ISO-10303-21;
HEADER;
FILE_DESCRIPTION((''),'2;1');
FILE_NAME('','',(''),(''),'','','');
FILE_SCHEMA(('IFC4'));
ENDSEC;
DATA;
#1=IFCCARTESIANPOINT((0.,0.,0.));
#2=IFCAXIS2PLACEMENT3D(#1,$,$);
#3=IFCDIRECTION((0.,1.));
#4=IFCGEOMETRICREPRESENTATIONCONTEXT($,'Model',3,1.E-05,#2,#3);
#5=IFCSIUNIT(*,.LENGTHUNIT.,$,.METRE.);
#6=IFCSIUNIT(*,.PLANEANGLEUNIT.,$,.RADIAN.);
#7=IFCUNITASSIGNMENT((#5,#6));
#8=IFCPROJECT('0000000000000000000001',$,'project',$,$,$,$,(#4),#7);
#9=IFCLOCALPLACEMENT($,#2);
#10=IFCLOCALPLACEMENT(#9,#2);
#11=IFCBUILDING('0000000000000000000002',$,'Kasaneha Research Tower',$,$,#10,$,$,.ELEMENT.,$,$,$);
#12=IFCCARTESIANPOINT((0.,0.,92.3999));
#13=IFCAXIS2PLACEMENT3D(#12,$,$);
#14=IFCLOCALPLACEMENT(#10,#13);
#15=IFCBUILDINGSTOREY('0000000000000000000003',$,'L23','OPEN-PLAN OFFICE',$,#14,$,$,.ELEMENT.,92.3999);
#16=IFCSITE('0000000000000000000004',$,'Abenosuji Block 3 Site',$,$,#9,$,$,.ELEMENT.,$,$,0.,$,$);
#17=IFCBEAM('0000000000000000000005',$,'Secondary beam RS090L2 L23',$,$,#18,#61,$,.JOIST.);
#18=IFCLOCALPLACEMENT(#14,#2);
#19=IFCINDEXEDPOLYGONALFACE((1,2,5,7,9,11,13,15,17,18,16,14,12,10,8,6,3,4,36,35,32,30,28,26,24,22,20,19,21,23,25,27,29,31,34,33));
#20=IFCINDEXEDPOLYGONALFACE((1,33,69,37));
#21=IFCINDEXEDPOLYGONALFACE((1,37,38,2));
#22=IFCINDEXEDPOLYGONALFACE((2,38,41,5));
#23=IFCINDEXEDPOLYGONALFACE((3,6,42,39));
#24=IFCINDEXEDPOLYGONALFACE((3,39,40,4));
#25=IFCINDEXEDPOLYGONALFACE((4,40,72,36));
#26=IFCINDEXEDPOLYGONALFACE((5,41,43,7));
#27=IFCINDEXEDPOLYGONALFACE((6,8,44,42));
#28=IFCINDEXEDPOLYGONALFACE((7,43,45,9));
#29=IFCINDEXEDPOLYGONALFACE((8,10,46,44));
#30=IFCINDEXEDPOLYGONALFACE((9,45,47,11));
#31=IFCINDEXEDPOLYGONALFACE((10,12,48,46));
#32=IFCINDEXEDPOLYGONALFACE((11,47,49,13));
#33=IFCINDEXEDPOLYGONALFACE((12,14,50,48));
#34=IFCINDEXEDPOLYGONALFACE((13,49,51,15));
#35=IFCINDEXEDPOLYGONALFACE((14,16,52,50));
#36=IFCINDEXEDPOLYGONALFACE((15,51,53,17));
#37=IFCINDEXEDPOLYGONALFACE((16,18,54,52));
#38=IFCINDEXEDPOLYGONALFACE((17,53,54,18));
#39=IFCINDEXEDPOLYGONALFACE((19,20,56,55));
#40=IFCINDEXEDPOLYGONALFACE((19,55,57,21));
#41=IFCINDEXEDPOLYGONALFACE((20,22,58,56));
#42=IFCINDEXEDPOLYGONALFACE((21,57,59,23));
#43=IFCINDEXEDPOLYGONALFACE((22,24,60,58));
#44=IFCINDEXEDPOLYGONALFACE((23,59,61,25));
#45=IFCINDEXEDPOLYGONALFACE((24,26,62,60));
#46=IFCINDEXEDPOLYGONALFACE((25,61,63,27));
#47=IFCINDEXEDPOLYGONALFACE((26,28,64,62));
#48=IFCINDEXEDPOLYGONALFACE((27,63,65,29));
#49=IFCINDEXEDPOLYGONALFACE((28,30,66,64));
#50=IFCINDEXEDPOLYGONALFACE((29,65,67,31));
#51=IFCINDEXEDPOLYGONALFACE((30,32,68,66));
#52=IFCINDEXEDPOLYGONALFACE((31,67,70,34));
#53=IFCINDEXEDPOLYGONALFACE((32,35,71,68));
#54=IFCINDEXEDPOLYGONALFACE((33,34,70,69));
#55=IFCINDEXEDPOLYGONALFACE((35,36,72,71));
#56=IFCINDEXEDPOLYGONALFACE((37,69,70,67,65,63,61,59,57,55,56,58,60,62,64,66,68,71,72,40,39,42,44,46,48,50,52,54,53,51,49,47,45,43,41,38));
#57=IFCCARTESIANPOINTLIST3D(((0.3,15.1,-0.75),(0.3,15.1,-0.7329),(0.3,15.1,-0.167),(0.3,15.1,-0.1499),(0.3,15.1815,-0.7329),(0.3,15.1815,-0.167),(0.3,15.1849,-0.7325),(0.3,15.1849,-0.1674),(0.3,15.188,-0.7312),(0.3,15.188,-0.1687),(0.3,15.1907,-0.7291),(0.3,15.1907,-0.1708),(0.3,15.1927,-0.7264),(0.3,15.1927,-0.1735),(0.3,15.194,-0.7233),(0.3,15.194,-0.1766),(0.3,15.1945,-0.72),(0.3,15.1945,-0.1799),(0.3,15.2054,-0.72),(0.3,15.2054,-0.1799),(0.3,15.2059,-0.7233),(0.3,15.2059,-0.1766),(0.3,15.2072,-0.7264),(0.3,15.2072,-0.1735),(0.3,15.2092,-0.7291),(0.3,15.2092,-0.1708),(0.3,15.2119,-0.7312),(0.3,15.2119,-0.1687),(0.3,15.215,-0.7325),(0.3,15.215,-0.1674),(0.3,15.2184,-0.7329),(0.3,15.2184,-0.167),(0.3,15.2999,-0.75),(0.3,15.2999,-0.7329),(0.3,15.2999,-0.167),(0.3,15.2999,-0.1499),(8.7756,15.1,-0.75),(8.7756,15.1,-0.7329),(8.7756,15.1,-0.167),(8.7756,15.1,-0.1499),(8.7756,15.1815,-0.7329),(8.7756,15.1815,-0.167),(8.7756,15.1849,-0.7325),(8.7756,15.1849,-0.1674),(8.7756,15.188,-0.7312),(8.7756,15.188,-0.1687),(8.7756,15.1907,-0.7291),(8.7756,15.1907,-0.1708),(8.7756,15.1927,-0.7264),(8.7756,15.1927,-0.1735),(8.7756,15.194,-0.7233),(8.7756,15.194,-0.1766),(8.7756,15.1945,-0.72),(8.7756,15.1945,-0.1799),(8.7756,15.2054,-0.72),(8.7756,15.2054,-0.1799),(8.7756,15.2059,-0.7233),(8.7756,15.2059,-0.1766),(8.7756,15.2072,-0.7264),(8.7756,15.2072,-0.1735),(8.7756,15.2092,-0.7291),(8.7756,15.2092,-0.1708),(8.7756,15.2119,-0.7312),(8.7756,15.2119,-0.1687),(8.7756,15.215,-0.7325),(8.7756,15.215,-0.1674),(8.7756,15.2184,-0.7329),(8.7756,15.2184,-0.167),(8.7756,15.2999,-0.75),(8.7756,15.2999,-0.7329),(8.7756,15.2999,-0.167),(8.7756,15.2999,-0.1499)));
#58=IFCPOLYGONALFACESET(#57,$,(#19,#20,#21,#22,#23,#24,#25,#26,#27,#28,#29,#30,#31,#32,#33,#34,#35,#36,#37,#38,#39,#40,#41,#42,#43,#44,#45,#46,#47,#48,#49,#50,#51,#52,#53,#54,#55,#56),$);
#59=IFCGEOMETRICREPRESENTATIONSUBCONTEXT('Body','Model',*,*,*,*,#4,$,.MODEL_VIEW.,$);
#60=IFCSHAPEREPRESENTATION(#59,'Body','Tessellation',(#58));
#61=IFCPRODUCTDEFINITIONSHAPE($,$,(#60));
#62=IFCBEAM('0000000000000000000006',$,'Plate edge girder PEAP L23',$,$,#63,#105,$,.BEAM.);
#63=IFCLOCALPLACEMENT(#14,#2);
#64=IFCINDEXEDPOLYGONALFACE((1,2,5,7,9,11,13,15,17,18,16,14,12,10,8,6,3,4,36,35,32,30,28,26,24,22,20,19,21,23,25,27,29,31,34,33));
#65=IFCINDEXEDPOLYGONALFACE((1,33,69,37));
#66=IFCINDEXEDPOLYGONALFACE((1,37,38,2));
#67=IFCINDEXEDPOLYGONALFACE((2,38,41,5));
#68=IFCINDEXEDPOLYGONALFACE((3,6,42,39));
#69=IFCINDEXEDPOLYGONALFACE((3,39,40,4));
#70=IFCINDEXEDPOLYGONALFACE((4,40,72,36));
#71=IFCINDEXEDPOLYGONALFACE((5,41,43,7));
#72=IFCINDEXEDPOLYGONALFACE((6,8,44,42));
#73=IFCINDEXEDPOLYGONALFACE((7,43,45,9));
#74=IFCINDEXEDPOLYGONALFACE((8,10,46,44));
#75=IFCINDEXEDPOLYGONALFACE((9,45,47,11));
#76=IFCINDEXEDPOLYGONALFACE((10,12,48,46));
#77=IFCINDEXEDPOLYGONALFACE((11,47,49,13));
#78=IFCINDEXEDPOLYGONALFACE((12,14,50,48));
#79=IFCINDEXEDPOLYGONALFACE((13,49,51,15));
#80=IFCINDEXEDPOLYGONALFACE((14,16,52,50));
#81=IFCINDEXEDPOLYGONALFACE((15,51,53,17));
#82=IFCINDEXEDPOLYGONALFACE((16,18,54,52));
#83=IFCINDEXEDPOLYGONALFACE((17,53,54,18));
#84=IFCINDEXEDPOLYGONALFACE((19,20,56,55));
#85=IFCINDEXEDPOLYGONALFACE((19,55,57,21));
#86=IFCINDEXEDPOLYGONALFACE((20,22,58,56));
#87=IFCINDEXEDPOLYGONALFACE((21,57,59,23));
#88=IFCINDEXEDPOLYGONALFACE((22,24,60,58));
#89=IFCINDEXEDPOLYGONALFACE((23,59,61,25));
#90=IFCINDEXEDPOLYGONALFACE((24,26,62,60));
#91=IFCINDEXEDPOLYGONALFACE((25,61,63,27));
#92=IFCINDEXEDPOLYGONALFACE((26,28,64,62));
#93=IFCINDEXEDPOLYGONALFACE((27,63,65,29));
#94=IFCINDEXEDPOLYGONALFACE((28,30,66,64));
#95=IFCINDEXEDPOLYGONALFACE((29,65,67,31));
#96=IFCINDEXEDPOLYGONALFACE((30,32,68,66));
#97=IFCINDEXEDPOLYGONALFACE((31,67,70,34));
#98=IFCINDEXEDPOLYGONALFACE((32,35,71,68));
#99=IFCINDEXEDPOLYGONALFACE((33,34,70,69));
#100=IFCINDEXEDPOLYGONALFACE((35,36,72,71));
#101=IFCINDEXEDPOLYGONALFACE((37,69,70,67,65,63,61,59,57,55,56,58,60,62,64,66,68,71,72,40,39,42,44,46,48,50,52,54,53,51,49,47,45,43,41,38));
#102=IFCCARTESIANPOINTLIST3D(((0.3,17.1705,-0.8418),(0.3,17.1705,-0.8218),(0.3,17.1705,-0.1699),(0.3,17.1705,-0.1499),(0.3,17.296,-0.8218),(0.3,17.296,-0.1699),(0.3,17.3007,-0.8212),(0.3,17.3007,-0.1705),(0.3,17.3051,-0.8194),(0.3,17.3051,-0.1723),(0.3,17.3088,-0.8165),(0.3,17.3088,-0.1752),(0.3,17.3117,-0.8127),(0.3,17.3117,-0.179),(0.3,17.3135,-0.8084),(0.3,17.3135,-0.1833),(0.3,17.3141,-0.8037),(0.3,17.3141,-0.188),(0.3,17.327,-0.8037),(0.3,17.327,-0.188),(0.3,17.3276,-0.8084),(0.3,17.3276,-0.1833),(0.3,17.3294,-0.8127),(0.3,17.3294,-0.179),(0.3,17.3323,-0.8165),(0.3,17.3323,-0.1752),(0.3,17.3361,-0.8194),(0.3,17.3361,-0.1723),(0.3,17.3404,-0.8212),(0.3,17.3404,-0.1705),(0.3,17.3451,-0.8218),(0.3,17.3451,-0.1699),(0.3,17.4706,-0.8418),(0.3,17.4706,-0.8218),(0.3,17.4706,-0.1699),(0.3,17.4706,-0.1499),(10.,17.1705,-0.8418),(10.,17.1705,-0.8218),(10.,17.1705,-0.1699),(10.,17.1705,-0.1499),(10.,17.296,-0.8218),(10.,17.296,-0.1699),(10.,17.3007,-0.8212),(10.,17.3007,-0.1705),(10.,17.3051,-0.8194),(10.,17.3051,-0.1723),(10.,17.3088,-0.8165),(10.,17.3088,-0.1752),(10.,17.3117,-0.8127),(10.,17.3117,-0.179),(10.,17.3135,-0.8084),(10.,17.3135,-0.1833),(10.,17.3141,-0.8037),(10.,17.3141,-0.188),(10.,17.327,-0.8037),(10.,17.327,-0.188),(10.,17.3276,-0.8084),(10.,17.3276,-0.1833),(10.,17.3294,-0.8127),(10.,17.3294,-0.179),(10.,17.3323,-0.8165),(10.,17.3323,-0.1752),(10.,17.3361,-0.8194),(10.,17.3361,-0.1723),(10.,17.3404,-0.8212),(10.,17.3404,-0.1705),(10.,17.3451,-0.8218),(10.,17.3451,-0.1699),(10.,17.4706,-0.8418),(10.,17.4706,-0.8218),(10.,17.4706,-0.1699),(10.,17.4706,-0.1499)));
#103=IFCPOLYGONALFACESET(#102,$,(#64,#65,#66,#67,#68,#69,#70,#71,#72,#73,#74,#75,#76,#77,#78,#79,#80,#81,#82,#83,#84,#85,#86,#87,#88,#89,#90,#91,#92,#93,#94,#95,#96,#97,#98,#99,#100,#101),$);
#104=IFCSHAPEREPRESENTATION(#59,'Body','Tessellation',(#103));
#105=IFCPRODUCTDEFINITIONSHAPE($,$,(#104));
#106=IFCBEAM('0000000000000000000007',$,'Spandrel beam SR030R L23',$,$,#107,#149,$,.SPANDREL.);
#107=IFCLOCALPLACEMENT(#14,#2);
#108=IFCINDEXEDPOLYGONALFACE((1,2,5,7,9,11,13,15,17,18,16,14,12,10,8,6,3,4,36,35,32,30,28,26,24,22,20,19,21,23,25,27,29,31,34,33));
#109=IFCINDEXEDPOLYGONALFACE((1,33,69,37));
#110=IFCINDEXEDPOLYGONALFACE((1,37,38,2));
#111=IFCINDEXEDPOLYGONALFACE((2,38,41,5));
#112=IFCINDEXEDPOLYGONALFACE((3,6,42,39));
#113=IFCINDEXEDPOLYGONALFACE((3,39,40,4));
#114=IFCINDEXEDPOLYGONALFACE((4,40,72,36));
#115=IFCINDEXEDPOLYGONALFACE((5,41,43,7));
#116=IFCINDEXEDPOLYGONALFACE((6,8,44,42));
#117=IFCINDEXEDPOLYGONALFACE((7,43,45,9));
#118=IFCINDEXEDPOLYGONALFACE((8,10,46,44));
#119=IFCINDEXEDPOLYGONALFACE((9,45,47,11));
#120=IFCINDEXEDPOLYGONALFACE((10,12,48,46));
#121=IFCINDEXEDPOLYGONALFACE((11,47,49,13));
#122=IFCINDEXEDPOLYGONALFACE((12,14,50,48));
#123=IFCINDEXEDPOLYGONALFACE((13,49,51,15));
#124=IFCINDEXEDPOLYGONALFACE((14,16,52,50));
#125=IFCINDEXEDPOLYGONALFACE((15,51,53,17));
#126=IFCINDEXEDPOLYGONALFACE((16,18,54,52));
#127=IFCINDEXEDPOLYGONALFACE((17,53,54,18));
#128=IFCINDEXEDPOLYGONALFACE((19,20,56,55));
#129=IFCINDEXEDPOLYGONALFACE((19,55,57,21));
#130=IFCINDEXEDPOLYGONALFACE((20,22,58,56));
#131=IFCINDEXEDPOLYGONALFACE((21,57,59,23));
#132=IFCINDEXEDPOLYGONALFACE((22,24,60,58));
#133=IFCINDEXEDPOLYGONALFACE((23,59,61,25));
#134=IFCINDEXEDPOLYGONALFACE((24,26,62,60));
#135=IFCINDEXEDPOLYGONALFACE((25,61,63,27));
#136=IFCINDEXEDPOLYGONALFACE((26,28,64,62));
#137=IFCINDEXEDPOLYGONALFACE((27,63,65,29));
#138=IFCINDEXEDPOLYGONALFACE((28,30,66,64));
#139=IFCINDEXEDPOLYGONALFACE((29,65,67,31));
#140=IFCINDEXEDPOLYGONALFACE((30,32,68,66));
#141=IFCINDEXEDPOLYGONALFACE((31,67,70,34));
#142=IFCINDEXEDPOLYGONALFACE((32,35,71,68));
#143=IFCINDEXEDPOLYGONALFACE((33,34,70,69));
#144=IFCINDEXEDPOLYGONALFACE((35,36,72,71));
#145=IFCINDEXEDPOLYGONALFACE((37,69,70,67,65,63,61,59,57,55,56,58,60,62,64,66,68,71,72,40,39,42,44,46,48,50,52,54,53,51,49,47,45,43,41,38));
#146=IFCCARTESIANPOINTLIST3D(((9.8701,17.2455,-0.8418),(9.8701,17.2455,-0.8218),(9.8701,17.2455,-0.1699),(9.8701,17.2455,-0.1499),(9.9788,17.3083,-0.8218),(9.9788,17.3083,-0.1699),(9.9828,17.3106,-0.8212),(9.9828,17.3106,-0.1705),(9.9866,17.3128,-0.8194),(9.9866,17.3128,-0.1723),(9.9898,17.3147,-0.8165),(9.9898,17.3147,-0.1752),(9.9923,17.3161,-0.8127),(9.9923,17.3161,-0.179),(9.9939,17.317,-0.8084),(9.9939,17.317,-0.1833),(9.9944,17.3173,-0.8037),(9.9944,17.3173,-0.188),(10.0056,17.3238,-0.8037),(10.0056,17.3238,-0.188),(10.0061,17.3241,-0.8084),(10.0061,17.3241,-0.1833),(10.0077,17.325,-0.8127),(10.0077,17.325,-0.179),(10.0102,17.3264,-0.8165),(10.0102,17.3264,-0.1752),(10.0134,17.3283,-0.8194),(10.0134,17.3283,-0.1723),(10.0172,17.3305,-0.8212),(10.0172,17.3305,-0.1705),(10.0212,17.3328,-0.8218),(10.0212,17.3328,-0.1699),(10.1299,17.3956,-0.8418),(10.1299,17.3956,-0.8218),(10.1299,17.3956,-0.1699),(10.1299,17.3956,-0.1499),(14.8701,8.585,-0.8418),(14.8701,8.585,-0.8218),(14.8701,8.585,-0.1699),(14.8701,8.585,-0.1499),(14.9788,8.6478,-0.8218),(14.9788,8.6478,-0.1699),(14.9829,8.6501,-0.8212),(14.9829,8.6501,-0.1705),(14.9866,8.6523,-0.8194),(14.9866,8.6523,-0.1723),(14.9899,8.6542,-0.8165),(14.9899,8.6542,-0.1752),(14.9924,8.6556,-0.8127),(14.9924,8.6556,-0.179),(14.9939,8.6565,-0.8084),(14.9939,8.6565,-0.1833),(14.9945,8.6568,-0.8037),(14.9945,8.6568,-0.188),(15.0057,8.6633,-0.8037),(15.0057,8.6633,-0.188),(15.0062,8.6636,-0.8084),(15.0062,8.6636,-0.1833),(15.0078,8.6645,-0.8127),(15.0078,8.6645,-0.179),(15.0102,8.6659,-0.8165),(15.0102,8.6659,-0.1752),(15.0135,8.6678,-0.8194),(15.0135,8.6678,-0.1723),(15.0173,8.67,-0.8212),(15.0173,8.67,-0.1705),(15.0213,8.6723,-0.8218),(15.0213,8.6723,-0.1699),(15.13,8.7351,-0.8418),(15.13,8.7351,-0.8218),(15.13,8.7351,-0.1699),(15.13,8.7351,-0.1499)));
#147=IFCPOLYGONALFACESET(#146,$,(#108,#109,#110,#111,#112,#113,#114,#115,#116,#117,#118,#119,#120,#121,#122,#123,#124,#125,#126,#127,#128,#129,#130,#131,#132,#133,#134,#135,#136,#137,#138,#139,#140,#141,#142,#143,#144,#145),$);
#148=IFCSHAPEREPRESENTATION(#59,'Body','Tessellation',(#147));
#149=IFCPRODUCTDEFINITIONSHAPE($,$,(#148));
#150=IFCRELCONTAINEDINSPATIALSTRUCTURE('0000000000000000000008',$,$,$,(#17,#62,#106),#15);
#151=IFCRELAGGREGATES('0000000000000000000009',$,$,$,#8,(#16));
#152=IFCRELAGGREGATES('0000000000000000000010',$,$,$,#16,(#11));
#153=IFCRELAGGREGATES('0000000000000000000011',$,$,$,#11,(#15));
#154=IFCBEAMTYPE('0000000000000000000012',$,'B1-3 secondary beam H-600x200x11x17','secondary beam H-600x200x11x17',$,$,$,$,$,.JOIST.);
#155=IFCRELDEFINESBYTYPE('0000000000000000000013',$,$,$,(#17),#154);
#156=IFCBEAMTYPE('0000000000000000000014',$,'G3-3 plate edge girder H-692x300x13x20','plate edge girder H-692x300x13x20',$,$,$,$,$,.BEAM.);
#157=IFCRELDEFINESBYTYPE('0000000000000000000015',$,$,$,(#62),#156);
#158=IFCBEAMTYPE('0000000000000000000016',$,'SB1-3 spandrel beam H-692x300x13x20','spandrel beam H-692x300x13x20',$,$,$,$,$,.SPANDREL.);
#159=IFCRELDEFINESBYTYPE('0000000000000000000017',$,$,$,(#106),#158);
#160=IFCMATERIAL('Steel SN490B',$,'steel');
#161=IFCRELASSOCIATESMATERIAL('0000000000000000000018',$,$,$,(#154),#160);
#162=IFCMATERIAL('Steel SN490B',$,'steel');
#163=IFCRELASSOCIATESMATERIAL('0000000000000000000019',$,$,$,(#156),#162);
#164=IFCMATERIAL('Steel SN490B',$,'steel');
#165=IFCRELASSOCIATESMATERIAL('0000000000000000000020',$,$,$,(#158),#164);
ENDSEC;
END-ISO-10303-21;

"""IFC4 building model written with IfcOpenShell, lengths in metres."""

from ifc_helpers import new_model, si_unit, direction, frame, origin, origin_2d, place, context, subcontext, project, spatial, i_section, extrude, material, material_profile, profile_set, type_object, element, save


model = new_model("IFC4")

# Units and contexts
model_context = context("Model", 3, precision=1e-05, world=origin(), true_north=direction((0.0, 1.0)))
body_context = subcontext(model_context, "Body", "Model", "MODEL_VIEW")
ifc_project = project(units=[si_unit("LENGTHUNIT", "METRE"), si_unit("PLANEANGLEUNIT", "RADIAN")], contexts=[model_context])

# Site, building, storey
site_placement = place(None, origin())
site = spatial("IfcSite", under=ifc_project, at=site_placement, Name="Abenosuji Block 3 Site", CompositionType="ELEMENT", RefElevation=0.0)
building_placement = place(site_placement, origin())
building = spatial("IfcBuilding", under=site, at=building_placement, Name="Kasaneha Research Tower", CompositionType="ELEMENT")
storey_placement = place(building_placement, frame((0.0, 0.0, 92.3999)))
storey = spatial("IfcBuildingStorey", under=building, at=storey_placement, Name="L23", Description="OPEN-PLAN OFFICE", CompositionType="ELEMENT", Elevation=92.3999)

# Beams
ifc_material_1 = material(Name="Steel SN490B", Category="steel")
ifc_material_profile_1 = material_profile(ifc_material_1, i_section(OverallWidth=0.2, OverallDepth=0.6001, WebThickness=0.011, FlangeThickness=0.0171, FilletRadius=0.0129, at=origin_2d()), Name="H-600x200x11x17")
ifc_profile_set_1 = profile_set([ifc_material_profile_1], Name="Steel SN490B")
beam_type_1 = type_object("IfcBeamType", Name="B1-3 secondary beam H-600x200x11x17", Description="secondary beam H-600x200x11x17", PredefinedType="JOIST", material=ifc_profile_set_1)
beam_1_placement = place(storey_placement, frame((8.7756, 15.2, -0.45), z_axis=(-1.0, 0.0, 0.0), x_axis=(0.0, -1.0, 0.0)))
element("IfcBeam", 1, at=beam_1_placement, inside=storey, type_object=beam_type_1, Name="Secondary beam RS090L2 L23", PredefinedType="JOIST", context=body_context, shape_type="SweptSolid", body=[
    extrude(i_section(OverallWidth=0.2, OverallDepth=0.6001, WebThickness=0.011, FlangeThickness=0.0171, FilletRadius=0.0129, at=origin_2d()), origin(), (0.0, 0.0, 1.0), 8.4756),
])
ifc_material_2 = material(Name="Steel SN490B", Category="steel")
ifc_material_profile_2 = material_profile(ifc_material_2, i_section(OverallWidth=0.3, OverallDepth=0.6919, WebThickness=0.0129, FlangeThickness=0.02, FilletRadius=0.0181, at=origin_2d()), Name="H-692x300x13x20")
ifc_profile_set_2 = profile_set([ifc_material_profile_2], Name="Steel SN490B")
beam_type_2 = type_object("IfcBeamType", Name="G3-3 plate edge girder H-692x300x13x20", Description="plate edge girder H-692x300x13x20", PredefinedType="BEAM", material=ifc_profile_set_2)
beam_2_placement = place(storey_placement, frame((10.0, 17.3206, -0.4958), z_axis=(-1.0, 0.0, 0.0), x_axis=(0.0, -1.0, 0.0)))
element("IfcBeam", 2, at=beam_2_placement, inside=storey, type_object=beam_type_2, Name="Plate edge girder PEAP L23", PredefinedType="BEAM", context=body_context, shape_type="SweptSolid", body=[
    extrude(i_section(OverallWidth=0.3, OverallDepth=0.6919, WebThickness=0.0129, FlangeThickness=0.02, FilletRadius=0.0181, at=origin_2d()), origin(), (0.0, 0.0, 1.0), 9.7),
])
ifc_material_3 = material(Name="Steel SN490B", Category="steel")
ifc_material_profile_3 = material_profile(ifc_material_3, i_section(OverallWidth=0.3, OverallDepth=0.6919, WebThickness=0.0129, FlangeThickness=0.02, FilletRadius=0.0181, at=origin_2d()), Name="H-692x300x13x20")
ifc_profile_set_3 = profile_set([ifc_material_profile_3], Name="Steel SN490B")
beam_type_3 = type_object("IfcBeamType", Name="SB1-3 spandrel beam H-692x300x13x20", Description="spandrel beam H-692x300x13x20", PredefinedType="SPANDREL", material=ifc_profile_set_3)
beam_3_placement = place(storey_placement, frame((10.0, 17.3206, -0.4958), z_axis=(0.499994, -0.866029, 0.0), x_axis=(0.866029, 0.499994, 0.0)))
element("IfcBeam", 3, at=beam_3_placement, inside=storey, type_object=beam_type_3, Name="Spandrel beam SR030R L23", PredefinedType="SPANDREL", context=body_context, shape_type="SweptSolid", body=[
    extrude(i_section(OverallWidth=0.3, OverallDepth=0.6919, WebThickness=0.0129, FlangeThickness=0.02, FilletRadius=0.0181, at=origin_2d()), origin(), (0.0, 0.0, 1.0), 10.0002),
])

save(model, "model.ifc")
